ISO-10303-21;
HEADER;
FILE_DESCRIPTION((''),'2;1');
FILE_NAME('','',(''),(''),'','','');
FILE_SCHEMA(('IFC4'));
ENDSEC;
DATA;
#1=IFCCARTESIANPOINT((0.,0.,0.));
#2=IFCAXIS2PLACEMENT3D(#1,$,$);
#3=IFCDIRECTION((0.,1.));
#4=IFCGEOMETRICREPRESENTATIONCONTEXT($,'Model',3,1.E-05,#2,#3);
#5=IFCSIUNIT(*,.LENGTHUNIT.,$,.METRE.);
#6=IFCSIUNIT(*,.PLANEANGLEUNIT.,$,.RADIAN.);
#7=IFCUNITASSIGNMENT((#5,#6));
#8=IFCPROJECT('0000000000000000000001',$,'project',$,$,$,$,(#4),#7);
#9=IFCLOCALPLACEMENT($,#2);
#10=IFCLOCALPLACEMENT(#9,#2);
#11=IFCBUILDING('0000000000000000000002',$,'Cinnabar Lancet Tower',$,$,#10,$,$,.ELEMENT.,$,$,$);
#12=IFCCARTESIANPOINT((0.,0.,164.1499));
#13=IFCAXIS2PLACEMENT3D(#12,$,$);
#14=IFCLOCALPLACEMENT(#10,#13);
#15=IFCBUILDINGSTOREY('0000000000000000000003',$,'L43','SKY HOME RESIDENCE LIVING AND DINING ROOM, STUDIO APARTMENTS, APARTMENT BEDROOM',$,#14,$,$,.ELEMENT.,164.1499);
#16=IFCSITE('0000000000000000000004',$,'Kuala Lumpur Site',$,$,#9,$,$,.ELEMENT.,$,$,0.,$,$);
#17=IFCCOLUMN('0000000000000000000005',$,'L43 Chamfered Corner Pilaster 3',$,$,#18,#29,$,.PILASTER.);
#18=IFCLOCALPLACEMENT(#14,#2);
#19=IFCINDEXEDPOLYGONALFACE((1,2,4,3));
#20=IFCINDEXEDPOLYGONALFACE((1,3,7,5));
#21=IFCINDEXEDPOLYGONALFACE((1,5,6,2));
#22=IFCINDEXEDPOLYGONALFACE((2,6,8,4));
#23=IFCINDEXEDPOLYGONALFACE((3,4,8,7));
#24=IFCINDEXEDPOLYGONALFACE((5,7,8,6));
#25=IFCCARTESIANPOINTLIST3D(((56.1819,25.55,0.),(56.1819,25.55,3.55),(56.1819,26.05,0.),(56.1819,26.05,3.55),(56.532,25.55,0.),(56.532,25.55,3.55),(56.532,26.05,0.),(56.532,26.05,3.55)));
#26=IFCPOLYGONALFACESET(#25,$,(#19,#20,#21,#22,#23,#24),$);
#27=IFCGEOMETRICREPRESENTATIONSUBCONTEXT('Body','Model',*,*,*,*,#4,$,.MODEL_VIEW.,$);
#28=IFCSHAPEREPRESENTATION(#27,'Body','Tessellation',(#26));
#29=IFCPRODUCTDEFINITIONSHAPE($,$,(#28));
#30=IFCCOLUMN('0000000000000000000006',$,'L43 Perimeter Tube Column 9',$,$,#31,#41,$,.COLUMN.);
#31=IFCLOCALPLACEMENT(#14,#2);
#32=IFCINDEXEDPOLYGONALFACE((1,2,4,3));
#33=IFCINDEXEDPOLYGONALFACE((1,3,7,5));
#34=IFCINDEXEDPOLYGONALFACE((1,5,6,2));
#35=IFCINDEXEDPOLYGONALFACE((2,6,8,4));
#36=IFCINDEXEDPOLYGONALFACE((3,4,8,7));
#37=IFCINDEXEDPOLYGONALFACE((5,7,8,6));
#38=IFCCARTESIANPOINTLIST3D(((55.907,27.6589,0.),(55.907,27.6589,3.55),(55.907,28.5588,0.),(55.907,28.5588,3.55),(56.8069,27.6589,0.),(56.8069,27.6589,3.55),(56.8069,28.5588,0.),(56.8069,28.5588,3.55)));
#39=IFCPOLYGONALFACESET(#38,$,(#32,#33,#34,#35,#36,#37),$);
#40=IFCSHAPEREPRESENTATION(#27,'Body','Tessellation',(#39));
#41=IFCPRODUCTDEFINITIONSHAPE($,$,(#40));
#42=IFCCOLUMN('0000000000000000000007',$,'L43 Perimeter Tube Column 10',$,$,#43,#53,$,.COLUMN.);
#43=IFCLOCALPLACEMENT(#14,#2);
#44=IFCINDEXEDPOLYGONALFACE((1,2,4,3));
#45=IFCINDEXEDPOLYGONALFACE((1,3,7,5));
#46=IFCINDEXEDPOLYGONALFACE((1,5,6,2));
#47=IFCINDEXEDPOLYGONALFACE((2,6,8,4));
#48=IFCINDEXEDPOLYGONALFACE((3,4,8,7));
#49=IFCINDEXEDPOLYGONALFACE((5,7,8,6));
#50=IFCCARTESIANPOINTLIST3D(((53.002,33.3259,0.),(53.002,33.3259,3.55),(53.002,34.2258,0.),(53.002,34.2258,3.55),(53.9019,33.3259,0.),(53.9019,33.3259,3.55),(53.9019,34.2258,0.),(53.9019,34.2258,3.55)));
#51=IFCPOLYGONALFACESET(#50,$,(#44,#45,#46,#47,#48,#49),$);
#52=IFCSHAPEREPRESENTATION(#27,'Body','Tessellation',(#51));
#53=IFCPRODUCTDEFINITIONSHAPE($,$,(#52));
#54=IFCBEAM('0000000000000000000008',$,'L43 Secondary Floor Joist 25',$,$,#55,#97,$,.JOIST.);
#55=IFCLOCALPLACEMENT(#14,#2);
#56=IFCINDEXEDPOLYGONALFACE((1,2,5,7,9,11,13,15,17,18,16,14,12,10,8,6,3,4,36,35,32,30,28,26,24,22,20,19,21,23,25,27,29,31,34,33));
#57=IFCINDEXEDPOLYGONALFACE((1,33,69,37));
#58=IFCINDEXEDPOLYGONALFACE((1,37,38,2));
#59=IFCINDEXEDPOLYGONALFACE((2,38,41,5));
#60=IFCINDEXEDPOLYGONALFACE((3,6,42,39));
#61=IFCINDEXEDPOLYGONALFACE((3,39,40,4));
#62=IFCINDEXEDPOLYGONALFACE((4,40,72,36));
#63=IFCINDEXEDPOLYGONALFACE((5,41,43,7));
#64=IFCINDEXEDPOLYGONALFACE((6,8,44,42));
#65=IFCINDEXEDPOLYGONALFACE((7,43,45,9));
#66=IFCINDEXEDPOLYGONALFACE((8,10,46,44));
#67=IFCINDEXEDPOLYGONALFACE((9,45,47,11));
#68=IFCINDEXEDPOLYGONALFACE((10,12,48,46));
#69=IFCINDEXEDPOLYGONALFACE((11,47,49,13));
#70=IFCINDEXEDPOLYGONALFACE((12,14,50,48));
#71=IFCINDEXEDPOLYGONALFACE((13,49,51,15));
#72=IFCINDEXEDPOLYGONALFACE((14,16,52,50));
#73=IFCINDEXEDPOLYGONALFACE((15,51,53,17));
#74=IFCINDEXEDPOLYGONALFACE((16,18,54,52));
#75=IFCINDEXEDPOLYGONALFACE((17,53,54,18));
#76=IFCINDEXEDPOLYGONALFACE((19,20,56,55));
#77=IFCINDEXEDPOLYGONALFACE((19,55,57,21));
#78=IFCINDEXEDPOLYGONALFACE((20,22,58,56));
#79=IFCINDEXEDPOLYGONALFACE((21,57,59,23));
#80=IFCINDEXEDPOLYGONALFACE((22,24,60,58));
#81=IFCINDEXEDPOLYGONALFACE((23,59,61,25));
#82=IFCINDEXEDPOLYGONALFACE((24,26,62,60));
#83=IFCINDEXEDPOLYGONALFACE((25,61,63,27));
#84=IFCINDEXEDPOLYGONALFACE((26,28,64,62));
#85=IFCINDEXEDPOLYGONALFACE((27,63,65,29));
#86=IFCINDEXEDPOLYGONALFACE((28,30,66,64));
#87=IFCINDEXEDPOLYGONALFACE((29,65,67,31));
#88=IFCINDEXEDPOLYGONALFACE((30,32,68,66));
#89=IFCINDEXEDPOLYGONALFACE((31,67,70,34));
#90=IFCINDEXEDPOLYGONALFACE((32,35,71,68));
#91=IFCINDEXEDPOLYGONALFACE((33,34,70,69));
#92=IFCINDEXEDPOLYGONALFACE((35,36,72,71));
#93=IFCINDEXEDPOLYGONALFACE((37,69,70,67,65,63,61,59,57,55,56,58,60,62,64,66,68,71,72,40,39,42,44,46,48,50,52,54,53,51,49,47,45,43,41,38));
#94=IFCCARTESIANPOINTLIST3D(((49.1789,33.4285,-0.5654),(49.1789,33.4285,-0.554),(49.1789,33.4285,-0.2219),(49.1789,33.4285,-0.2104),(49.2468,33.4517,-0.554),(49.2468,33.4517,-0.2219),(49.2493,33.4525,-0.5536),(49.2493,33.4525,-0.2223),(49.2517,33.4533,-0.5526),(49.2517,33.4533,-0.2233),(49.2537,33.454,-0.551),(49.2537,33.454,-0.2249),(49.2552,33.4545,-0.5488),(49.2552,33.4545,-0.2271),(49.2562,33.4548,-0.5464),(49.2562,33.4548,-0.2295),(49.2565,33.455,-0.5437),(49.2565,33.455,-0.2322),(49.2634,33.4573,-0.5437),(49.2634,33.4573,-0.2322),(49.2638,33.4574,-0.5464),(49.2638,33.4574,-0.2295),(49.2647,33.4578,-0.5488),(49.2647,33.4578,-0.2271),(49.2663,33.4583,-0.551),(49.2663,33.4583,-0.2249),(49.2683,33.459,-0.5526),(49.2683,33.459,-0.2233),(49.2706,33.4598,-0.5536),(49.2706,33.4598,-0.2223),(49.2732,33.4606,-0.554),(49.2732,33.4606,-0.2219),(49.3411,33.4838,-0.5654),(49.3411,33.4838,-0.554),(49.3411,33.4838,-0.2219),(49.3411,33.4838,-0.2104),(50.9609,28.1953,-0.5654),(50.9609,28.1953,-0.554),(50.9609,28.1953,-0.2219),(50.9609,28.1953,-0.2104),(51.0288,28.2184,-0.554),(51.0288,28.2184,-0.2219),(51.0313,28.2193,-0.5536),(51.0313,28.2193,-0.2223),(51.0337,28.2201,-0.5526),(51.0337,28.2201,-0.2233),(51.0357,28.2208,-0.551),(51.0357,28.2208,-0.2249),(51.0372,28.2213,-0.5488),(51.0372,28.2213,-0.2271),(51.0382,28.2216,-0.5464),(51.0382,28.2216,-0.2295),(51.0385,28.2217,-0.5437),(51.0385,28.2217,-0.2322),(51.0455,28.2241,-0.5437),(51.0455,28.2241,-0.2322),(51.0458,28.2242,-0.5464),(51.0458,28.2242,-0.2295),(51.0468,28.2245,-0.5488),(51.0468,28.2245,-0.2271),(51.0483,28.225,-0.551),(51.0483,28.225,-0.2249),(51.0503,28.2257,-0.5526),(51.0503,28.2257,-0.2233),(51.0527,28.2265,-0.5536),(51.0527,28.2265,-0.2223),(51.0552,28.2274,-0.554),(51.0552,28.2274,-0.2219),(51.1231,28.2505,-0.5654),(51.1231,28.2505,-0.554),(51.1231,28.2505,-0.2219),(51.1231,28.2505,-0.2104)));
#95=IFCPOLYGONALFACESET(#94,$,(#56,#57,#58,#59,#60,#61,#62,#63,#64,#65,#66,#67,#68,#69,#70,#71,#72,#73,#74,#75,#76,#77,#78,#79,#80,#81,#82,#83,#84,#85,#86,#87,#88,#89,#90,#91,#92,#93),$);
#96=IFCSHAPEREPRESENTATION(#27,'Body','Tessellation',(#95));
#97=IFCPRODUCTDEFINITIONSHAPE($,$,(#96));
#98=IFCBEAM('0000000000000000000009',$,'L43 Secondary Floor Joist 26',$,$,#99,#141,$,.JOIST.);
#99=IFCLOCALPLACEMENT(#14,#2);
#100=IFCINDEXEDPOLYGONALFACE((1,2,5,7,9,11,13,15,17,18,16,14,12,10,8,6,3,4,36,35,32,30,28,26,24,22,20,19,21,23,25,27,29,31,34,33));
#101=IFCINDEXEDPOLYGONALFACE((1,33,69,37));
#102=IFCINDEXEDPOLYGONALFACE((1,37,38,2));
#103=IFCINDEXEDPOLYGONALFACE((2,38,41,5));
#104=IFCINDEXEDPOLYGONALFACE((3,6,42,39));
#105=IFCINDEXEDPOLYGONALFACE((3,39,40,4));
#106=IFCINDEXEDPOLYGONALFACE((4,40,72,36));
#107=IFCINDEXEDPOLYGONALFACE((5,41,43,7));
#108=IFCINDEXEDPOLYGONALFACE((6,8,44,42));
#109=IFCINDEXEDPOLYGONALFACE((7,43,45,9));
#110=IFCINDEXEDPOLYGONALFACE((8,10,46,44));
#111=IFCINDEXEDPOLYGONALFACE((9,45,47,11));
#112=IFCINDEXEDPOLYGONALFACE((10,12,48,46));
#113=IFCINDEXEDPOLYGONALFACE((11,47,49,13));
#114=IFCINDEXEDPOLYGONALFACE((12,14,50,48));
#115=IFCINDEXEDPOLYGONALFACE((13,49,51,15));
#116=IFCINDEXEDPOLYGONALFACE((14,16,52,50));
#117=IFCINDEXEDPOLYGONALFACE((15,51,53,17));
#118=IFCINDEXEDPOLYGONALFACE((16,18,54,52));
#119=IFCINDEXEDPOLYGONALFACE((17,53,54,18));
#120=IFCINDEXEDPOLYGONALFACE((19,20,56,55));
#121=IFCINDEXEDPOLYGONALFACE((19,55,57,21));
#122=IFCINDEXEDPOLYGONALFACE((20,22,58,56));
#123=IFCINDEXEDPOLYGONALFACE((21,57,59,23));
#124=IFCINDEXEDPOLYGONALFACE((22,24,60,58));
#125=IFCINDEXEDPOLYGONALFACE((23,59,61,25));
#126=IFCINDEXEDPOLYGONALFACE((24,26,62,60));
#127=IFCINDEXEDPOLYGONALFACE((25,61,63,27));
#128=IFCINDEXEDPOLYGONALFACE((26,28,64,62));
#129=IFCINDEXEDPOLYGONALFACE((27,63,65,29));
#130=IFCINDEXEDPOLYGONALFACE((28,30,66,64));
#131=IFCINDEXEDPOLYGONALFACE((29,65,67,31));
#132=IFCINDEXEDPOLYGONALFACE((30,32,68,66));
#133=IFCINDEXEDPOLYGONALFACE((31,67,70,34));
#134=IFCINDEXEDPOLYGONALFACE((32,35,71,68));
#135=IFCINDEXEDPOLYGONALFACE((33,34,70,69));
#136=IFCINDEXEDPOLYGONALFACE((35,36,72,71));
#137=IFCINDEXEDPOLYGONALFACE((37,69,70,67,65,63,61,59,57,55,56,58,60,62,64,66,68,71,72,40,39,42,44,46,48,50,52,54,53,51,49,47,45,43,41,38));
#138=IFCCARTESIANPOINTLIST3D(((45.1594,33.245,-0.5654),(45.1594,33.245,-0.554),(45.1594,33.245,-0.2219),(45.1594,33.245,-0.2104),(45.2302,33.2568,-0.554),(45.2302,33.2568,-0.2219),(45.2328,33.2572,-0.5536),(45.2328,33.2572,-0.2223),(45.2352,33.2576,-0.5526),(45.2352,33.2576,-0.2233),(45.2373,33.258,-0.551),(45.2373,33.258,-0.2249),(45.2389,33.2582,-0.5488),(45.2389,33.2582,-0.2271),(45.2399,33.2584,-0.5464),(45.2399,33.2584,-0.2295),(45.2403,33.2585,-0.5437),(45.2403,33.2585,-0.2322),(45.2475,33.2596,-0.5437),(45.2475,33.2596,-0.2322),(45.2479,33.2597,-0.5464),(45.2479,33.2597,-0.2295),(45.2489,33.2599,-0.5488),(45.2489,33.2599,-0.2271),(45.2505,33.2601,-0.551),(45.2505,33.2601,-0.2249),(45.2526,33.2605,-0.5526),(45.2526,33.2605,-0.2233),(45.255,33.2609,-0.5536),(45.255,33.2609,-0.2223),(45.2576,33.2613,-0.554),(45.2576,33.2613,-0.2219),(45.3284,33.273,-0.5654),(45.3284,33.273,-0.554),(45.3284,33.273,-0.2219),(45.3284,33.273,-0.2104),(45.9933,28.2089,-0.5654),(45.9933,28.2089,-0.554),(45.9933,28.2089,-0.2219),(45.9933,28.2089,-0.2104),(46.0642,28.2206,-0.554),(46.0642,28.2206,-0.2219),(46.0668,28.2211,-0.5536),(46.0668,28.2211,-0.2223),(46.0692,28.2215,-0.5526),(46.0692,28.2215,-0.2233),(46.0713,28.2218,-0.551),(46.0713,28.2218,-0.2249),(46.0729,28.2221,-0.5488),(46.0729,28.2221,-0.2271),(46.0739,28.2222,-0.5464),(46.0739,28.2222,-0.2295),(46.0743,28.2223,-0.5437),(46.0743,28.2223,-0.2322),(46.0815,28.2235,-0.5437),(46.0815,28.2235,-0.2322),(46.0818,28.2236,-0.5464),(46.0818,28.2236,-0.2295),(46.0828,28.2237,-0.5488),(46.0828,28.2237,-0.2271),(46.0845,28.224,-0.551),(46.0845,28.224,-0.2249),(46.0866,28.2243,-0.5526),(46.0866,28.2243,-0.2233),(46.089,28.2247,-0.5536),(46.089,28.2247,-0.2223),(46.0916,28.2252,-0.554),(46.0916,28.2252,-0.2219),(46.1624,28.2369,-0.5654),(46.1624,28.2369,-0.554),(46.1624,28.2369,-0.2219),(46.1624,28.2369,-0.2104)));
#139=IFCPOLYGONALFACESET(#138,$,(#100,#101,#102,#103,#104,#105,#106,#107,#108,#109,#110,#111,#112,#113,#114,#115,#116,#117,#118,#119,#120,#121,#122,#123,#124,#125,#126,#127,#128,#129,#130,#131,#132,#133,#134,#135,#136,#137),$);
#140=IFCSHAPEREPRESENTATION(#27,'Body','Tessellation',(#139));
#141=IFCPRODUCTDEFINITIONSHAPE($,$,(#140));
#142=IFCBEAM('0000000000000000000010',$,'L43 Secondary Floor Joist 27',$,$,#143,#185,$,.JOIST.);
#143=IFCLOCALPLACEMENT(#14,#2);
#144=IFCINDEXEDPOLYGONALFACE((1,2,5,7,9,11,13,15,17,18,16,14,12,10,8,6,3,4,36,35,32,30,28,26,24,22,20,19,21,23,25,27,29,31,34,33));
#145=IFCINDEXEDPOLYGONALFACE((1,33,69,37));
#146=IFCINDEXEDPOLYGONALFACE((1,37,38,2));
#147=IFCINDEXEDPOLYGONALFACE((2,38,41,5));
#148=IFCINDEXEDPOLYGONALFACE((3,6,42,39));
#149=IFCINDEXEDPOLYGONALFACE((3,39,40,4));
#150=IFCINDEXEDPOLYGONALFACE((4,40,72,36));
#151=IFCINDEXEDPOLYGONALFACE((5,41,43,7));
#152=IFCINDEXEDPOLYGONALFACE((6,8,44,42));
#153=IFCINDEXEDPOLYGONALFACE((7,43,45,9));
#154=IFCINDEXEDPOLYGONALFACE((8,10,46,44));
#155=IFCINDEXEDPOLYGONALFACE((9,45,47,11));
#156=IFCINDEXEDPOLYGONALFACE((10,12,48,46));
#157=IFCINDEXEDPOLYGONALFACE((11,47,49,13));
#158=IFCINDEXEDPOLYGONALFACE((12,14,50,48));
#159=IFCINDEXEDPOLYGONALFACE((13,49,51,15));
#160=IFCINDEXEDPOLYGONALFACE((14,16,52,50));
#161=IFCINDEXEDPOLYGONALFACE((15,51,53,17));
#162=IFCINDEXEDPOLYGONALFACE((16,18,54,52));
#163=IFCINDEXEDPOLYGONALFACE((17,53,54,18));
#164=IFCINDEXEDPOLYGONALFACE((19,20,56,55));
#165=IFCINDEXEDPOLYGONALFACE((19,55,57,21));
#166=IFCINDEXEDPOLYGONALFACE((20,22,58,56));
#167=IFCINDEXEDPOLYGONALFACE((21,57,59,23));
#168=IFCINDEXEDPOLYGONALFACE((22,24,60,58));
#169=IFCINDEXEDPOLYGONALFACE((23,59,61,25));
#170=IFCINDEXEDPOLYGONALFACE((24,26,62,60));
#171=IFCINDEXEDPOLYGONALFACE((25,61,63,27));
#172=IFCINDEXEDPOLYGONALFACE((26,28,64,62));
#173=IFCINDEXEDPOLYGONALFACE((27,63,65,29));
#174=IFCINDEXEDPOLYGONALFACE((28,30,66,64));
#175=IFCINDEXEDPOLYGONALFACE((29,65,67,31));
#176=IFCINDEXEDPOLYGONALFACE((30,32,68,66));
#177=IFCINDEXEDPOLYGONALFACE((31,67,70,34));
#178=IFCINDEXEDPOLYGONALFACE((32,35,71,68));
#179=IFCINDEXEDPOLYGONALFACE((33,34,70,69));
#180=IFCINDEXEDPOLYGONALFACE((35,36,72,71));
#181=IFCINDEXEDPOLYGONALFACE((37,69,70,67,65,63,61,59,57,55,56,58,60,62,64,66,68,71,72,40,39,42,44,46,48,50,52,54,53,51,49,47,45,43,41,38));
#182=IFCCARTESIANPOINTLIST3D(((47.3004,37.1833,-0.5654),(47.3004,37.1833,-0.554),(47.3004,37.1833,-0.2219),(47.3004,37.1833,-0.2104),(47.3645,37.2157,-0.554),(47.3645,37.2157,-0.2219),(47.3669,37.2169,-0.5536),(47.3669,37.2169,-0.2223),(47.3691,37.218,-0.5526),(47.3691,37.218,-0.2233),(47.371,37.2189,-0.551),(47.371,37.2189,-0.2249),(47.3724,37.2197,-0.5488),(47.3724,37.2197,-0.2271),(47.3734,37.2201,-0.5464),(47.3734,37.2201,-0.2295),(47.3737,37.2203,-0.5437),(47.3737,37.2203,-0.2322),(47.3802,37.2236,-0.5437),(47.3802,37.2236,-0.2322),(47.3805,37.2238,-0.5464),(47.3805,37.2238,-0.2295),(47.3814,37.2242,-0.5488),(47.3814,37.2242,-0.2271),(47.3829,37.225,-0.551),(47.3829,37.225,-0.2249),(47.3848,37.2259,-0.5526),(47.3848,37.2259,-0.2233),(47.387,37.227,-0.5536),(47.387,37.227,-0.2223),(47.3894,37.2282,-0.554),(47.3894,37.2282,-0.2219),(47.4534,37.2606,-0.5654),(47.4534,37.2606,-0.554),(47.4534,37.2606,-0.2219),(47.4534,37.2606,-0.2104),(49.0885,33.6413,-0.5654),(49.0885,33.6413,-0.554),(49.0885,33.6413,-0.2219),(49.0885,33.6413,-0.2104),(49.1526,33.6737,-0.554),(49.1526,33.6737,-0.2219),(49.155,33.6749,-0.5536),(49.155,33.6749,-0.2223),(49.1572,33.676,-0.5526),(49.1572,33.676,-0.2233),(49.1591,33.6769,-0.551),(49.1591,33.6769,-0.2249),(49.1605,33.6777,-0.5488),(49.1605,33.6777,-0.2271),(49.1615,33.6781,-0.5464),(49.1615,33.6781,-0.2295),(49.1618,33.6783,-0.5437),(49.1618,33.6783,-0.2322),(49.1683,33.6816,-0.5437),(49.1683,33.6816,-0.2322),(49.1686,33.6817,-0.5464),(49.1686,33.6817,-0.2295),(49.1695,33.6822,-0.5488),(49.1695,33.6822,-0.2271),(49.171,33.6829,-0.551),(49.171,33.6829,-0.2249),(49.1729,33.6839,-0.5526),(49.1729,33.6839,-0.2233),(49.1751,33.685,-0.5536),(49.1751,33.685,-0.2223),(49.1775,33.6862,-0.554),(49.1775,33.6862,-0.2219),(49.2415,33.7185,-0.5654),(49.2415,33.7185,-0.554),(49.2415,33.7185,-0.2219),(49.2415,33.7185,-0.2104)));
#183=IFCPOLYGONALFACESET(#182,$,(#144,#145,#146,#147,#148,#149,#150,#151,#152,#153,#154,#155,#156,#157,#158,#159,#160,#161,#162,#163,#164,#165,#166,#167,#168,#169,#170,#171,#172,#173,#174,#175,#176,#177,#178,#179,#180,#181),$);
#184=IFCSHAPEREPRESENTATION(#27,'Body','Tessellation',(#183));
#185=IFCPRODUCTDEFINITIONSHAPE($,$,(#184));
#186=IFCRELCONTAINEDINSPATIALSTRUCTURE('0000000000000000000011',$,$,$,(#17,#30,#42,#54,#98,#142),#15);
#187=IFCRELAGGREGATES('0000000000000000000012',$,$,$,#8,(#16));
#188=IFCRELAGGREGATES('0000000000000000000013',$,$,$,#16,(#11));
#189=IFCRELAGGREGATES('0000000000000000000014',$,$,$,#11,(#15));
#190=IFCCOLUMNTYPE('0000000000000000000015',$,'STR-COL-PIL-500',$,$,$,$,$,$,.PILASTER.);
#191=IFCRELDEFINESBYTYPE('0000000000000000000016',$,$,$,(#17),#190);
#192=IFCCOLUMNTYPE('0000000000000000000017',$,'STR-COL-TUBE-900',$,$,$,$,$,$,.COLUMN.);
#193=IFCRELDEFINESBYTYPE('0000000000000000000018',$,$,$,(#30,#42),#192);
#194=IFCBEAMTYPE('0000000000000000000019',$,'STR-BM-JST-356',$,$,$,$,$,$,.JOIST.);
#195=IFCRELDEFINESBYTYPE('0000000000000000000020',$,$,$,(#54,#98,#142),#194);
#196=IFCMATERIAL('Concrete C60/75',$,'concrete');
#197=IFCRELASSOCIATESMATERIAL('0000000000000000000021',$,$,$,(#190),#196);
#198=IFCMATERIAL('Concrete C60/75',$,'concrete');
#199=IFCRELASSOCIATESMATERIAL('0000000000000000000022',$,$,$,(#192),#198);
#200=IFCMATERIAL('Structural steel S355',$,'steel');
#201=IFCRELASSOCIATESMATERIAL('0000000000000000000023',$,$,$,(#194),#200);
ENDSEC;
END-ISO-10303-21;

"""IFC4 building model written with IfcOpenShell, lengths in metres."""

from ifc_helpers import new_model, si_unit, direction, frame, origin, origin_2d, place, context, subcontext, project, spatial, rectangle, i_section, extrude, material, material_profile, profile_set, type_object, element, save


model = new_model("IFC4")

# Units and contexts
model_context = context("Model", 3, precision=1e-05, world=origin(), true_north=direction((0.0, 1.0)))
body_context = subcontext(model_context, "Body", "Model", "MODEL_VIEW")
ifc_project = project(units=[si_unit("LENGTHUNIT", "METRE"), si_unit("PLANEANGLEUNIT", "RADIAN")], contexts=[model_context])

# Site, building, storey
site_placement = place(None, origin())
site = spatial("IfcSite", under=ifc_project, at=site_placement, Name="Kuala Lumpur Site", CompositionType="ELEMENT", RefElevation=0.0)
building_placement = place(site_placement, origin())
building = spatial("IfcBuilding", under=site, at=building_placement, Name="Cinnabar Lancet Tower", CompositionType="ELEMENT")
storey_placement = place(building_placement, frame((0.0, 0.0, 164.1499)))
storey = spatial("IfcBuildingStorey", under=building, at=storey_placement, Name="L43", Description="SKY HOME RESIDENCE LIVING AND DINING ROOM, STUDIO APARTMENTS, APARTMENT BEDROOM", CompositionType="ELEMENT", Elevation=164.1499)

# Columns
ifc_material_1 = material(Name="Concrete C60/75", Category="concrete")
ifc_material_profile_1 = material_profile(ifc_material_1, rectangle(XDim=0.5, YDim=0.3501, at=origin_2d()), Name="RC-PIL 500x350")
ifc_profile_set_1 = profile_set([ifc_material_profile_1], Name="Concrete C60/75")
column_type_1 = type_object("IfcColumnType", Name="STR-COL-PIL-500", PredefinedType="PILASTER", material=ifc_profile_set_1)
column_placement = place(storey_placement, frame((56.3569, 25.8, 0.0), z_axis=(0.0, 0.0, 1.0), x_axis=(0.0, 1.0, 0.0)))
element("IfcColumn", 1, at=column_placement, inside=storey, type_object=column_type_1, Name="L43 Chamfered Corner Pilaster 3", PredefinedType="PILASTER", context=body_context, shape_type="SweptSolid", body=[
    extrude(rectangle(XDim=0.5, YDim=0.3501, at=origin_2d()), origin(), (0.0, 0.0, 1.0), 3.55),
])
ifc_material_2 = material(Name="Concrete C60/75", Category="concrete")
ifc_material_profile_2 = material_profile(ifc_material_2, rectangle(XDim=0.8999, YDim=0.8999, at=origin_2d()), Name="RC-COL 900x900")
ifc_profile_set_2 = profile_set([ifc_material_profile_2], Name="Concrete C60/75")
column_type_2 = type_object("IfcColumnType", Name="STR-COL-TUBE-900", PredefinedType="COLUMN", material=ifc_profile_set_2)
for number, where, z_axis, x_axis, name in (
    (2, (56.3569, 28.1089, 0.0), (0.0, 0.0, 1.0), (1.0, 0.0, 0.0), "L43 Perimeter Tube Column 9"),
    (3, (53.4519, 33.7759, 0.0), (0.0, 0.0, 1.0), (1.0, 0.0, 0.0), "L43 Perimeter Tube Column 10"),
):
    element("IfcColumn", number, at=place(storey_placement, frame(where, z_axis=z_axis, x_axis=x_axis)), inside=storey, type_object=column_type_2, Name=name, PredefinedType="COLUMN", context=body_context, shape_type="SweptSolid", body=[
        extrude(rectangle(XDim=0.8999, YDim=0.8999, at=origin_2d()), origin(), (0.0, 0.0, 1.0), 3.55),
    ])

# Beams
ifc_material_3 = material(Name="Structural steel S355", Category="steel")
ifc_material_profile_3 = material_profile(ifc_material_3, i_section(OverallWidth=0.1714, OverallDepth=0.355, WebThickness=0.0073, FlangeThickness=0.0115, FilletRadius=0.0103, at=origin_2d()), Name="UKB 356x171x51")
ifc_profile_set_3 = profile_set([ifc_material_profile_3], Name="Structural steel S355")
beam_type_1 = type_object("IfcBeamType", Name="STR-BM-JST-356", PredefinedType="JOIST", material=ifc_profile_set_3)
beam_1_placement = place(storey_placement, frame((51.042, 28.2229, -0.3879), z_axis=(-0.322342, 0.946623, 0.0), x_axis=(-0.946623, -0.322342, 0.0)))
element("IfcBeam", 4, at=beam_1_placement, inside=storey, type_object=beam_type_1, Name="L43 Secondary Floor Joist 25", PredefinedType="JOIST", context=body_context, shape_type="SweptSolid", body=[
    extrude(i_section(OverallWidth=0.1714, OverallDepth=0.355, WebThickness=0.0073, FlangeThickness=0.0115, FilletRadius=0.0103, at=origin_2d()), origin(), (0.0, 0.0, 1.0), 5.5283),
])
beam_2_placement = place(storey_placement, frame((46.0779, 28.2229, -0.3879), z_axis=(-0.163375, 0.986564, 0.0), x_axis=(-0.986564, -0.163375, 0.0)))
element("IfcBeam", 5, at=beam_2_placement, inside=storey, type_object=beam_type_1, Name="L43 Secondary Floor Joist 26", PredefinedType="JOIST", context=body_context, shape_type="SweptSolid", body=[
    extrude(i_section(OverallWidth=0.1714, OverallDepth=0.355, WebThickness=0.0073, FlangeThickness=0.0115, FilletRadius=0.0103, at=origin_2d()), origin(), (0.0, 0.0, 1.0), 5.1047),
])
beam_3_placement = place(storey_placement, frame((49.165, 33.6799, -0.3879), z_axis=(-0.450656, 0.892698, 0.0), x_axis=(-0.892698, -0.450656, 0.0)))
element("IfcBeam", 6, at=beam_3_placement, inside=storey, type_object=beam_type_1, Name="L43 Secondary Floor Joist 27", PredefinedType="JOIST", context=body_context, shape_type="SweptSolid", body=[
    extrude(i_section(OverallWidth=0.1714, OverallDepth=0.355, WebThickness=0.0073, FlangeThickness=0.0115, FilletRadius=0.0103, at=origin_2d()), origin(), (0.0, 0.0, 1.0), 3.9678),
])

save(model, "model.ifc")
